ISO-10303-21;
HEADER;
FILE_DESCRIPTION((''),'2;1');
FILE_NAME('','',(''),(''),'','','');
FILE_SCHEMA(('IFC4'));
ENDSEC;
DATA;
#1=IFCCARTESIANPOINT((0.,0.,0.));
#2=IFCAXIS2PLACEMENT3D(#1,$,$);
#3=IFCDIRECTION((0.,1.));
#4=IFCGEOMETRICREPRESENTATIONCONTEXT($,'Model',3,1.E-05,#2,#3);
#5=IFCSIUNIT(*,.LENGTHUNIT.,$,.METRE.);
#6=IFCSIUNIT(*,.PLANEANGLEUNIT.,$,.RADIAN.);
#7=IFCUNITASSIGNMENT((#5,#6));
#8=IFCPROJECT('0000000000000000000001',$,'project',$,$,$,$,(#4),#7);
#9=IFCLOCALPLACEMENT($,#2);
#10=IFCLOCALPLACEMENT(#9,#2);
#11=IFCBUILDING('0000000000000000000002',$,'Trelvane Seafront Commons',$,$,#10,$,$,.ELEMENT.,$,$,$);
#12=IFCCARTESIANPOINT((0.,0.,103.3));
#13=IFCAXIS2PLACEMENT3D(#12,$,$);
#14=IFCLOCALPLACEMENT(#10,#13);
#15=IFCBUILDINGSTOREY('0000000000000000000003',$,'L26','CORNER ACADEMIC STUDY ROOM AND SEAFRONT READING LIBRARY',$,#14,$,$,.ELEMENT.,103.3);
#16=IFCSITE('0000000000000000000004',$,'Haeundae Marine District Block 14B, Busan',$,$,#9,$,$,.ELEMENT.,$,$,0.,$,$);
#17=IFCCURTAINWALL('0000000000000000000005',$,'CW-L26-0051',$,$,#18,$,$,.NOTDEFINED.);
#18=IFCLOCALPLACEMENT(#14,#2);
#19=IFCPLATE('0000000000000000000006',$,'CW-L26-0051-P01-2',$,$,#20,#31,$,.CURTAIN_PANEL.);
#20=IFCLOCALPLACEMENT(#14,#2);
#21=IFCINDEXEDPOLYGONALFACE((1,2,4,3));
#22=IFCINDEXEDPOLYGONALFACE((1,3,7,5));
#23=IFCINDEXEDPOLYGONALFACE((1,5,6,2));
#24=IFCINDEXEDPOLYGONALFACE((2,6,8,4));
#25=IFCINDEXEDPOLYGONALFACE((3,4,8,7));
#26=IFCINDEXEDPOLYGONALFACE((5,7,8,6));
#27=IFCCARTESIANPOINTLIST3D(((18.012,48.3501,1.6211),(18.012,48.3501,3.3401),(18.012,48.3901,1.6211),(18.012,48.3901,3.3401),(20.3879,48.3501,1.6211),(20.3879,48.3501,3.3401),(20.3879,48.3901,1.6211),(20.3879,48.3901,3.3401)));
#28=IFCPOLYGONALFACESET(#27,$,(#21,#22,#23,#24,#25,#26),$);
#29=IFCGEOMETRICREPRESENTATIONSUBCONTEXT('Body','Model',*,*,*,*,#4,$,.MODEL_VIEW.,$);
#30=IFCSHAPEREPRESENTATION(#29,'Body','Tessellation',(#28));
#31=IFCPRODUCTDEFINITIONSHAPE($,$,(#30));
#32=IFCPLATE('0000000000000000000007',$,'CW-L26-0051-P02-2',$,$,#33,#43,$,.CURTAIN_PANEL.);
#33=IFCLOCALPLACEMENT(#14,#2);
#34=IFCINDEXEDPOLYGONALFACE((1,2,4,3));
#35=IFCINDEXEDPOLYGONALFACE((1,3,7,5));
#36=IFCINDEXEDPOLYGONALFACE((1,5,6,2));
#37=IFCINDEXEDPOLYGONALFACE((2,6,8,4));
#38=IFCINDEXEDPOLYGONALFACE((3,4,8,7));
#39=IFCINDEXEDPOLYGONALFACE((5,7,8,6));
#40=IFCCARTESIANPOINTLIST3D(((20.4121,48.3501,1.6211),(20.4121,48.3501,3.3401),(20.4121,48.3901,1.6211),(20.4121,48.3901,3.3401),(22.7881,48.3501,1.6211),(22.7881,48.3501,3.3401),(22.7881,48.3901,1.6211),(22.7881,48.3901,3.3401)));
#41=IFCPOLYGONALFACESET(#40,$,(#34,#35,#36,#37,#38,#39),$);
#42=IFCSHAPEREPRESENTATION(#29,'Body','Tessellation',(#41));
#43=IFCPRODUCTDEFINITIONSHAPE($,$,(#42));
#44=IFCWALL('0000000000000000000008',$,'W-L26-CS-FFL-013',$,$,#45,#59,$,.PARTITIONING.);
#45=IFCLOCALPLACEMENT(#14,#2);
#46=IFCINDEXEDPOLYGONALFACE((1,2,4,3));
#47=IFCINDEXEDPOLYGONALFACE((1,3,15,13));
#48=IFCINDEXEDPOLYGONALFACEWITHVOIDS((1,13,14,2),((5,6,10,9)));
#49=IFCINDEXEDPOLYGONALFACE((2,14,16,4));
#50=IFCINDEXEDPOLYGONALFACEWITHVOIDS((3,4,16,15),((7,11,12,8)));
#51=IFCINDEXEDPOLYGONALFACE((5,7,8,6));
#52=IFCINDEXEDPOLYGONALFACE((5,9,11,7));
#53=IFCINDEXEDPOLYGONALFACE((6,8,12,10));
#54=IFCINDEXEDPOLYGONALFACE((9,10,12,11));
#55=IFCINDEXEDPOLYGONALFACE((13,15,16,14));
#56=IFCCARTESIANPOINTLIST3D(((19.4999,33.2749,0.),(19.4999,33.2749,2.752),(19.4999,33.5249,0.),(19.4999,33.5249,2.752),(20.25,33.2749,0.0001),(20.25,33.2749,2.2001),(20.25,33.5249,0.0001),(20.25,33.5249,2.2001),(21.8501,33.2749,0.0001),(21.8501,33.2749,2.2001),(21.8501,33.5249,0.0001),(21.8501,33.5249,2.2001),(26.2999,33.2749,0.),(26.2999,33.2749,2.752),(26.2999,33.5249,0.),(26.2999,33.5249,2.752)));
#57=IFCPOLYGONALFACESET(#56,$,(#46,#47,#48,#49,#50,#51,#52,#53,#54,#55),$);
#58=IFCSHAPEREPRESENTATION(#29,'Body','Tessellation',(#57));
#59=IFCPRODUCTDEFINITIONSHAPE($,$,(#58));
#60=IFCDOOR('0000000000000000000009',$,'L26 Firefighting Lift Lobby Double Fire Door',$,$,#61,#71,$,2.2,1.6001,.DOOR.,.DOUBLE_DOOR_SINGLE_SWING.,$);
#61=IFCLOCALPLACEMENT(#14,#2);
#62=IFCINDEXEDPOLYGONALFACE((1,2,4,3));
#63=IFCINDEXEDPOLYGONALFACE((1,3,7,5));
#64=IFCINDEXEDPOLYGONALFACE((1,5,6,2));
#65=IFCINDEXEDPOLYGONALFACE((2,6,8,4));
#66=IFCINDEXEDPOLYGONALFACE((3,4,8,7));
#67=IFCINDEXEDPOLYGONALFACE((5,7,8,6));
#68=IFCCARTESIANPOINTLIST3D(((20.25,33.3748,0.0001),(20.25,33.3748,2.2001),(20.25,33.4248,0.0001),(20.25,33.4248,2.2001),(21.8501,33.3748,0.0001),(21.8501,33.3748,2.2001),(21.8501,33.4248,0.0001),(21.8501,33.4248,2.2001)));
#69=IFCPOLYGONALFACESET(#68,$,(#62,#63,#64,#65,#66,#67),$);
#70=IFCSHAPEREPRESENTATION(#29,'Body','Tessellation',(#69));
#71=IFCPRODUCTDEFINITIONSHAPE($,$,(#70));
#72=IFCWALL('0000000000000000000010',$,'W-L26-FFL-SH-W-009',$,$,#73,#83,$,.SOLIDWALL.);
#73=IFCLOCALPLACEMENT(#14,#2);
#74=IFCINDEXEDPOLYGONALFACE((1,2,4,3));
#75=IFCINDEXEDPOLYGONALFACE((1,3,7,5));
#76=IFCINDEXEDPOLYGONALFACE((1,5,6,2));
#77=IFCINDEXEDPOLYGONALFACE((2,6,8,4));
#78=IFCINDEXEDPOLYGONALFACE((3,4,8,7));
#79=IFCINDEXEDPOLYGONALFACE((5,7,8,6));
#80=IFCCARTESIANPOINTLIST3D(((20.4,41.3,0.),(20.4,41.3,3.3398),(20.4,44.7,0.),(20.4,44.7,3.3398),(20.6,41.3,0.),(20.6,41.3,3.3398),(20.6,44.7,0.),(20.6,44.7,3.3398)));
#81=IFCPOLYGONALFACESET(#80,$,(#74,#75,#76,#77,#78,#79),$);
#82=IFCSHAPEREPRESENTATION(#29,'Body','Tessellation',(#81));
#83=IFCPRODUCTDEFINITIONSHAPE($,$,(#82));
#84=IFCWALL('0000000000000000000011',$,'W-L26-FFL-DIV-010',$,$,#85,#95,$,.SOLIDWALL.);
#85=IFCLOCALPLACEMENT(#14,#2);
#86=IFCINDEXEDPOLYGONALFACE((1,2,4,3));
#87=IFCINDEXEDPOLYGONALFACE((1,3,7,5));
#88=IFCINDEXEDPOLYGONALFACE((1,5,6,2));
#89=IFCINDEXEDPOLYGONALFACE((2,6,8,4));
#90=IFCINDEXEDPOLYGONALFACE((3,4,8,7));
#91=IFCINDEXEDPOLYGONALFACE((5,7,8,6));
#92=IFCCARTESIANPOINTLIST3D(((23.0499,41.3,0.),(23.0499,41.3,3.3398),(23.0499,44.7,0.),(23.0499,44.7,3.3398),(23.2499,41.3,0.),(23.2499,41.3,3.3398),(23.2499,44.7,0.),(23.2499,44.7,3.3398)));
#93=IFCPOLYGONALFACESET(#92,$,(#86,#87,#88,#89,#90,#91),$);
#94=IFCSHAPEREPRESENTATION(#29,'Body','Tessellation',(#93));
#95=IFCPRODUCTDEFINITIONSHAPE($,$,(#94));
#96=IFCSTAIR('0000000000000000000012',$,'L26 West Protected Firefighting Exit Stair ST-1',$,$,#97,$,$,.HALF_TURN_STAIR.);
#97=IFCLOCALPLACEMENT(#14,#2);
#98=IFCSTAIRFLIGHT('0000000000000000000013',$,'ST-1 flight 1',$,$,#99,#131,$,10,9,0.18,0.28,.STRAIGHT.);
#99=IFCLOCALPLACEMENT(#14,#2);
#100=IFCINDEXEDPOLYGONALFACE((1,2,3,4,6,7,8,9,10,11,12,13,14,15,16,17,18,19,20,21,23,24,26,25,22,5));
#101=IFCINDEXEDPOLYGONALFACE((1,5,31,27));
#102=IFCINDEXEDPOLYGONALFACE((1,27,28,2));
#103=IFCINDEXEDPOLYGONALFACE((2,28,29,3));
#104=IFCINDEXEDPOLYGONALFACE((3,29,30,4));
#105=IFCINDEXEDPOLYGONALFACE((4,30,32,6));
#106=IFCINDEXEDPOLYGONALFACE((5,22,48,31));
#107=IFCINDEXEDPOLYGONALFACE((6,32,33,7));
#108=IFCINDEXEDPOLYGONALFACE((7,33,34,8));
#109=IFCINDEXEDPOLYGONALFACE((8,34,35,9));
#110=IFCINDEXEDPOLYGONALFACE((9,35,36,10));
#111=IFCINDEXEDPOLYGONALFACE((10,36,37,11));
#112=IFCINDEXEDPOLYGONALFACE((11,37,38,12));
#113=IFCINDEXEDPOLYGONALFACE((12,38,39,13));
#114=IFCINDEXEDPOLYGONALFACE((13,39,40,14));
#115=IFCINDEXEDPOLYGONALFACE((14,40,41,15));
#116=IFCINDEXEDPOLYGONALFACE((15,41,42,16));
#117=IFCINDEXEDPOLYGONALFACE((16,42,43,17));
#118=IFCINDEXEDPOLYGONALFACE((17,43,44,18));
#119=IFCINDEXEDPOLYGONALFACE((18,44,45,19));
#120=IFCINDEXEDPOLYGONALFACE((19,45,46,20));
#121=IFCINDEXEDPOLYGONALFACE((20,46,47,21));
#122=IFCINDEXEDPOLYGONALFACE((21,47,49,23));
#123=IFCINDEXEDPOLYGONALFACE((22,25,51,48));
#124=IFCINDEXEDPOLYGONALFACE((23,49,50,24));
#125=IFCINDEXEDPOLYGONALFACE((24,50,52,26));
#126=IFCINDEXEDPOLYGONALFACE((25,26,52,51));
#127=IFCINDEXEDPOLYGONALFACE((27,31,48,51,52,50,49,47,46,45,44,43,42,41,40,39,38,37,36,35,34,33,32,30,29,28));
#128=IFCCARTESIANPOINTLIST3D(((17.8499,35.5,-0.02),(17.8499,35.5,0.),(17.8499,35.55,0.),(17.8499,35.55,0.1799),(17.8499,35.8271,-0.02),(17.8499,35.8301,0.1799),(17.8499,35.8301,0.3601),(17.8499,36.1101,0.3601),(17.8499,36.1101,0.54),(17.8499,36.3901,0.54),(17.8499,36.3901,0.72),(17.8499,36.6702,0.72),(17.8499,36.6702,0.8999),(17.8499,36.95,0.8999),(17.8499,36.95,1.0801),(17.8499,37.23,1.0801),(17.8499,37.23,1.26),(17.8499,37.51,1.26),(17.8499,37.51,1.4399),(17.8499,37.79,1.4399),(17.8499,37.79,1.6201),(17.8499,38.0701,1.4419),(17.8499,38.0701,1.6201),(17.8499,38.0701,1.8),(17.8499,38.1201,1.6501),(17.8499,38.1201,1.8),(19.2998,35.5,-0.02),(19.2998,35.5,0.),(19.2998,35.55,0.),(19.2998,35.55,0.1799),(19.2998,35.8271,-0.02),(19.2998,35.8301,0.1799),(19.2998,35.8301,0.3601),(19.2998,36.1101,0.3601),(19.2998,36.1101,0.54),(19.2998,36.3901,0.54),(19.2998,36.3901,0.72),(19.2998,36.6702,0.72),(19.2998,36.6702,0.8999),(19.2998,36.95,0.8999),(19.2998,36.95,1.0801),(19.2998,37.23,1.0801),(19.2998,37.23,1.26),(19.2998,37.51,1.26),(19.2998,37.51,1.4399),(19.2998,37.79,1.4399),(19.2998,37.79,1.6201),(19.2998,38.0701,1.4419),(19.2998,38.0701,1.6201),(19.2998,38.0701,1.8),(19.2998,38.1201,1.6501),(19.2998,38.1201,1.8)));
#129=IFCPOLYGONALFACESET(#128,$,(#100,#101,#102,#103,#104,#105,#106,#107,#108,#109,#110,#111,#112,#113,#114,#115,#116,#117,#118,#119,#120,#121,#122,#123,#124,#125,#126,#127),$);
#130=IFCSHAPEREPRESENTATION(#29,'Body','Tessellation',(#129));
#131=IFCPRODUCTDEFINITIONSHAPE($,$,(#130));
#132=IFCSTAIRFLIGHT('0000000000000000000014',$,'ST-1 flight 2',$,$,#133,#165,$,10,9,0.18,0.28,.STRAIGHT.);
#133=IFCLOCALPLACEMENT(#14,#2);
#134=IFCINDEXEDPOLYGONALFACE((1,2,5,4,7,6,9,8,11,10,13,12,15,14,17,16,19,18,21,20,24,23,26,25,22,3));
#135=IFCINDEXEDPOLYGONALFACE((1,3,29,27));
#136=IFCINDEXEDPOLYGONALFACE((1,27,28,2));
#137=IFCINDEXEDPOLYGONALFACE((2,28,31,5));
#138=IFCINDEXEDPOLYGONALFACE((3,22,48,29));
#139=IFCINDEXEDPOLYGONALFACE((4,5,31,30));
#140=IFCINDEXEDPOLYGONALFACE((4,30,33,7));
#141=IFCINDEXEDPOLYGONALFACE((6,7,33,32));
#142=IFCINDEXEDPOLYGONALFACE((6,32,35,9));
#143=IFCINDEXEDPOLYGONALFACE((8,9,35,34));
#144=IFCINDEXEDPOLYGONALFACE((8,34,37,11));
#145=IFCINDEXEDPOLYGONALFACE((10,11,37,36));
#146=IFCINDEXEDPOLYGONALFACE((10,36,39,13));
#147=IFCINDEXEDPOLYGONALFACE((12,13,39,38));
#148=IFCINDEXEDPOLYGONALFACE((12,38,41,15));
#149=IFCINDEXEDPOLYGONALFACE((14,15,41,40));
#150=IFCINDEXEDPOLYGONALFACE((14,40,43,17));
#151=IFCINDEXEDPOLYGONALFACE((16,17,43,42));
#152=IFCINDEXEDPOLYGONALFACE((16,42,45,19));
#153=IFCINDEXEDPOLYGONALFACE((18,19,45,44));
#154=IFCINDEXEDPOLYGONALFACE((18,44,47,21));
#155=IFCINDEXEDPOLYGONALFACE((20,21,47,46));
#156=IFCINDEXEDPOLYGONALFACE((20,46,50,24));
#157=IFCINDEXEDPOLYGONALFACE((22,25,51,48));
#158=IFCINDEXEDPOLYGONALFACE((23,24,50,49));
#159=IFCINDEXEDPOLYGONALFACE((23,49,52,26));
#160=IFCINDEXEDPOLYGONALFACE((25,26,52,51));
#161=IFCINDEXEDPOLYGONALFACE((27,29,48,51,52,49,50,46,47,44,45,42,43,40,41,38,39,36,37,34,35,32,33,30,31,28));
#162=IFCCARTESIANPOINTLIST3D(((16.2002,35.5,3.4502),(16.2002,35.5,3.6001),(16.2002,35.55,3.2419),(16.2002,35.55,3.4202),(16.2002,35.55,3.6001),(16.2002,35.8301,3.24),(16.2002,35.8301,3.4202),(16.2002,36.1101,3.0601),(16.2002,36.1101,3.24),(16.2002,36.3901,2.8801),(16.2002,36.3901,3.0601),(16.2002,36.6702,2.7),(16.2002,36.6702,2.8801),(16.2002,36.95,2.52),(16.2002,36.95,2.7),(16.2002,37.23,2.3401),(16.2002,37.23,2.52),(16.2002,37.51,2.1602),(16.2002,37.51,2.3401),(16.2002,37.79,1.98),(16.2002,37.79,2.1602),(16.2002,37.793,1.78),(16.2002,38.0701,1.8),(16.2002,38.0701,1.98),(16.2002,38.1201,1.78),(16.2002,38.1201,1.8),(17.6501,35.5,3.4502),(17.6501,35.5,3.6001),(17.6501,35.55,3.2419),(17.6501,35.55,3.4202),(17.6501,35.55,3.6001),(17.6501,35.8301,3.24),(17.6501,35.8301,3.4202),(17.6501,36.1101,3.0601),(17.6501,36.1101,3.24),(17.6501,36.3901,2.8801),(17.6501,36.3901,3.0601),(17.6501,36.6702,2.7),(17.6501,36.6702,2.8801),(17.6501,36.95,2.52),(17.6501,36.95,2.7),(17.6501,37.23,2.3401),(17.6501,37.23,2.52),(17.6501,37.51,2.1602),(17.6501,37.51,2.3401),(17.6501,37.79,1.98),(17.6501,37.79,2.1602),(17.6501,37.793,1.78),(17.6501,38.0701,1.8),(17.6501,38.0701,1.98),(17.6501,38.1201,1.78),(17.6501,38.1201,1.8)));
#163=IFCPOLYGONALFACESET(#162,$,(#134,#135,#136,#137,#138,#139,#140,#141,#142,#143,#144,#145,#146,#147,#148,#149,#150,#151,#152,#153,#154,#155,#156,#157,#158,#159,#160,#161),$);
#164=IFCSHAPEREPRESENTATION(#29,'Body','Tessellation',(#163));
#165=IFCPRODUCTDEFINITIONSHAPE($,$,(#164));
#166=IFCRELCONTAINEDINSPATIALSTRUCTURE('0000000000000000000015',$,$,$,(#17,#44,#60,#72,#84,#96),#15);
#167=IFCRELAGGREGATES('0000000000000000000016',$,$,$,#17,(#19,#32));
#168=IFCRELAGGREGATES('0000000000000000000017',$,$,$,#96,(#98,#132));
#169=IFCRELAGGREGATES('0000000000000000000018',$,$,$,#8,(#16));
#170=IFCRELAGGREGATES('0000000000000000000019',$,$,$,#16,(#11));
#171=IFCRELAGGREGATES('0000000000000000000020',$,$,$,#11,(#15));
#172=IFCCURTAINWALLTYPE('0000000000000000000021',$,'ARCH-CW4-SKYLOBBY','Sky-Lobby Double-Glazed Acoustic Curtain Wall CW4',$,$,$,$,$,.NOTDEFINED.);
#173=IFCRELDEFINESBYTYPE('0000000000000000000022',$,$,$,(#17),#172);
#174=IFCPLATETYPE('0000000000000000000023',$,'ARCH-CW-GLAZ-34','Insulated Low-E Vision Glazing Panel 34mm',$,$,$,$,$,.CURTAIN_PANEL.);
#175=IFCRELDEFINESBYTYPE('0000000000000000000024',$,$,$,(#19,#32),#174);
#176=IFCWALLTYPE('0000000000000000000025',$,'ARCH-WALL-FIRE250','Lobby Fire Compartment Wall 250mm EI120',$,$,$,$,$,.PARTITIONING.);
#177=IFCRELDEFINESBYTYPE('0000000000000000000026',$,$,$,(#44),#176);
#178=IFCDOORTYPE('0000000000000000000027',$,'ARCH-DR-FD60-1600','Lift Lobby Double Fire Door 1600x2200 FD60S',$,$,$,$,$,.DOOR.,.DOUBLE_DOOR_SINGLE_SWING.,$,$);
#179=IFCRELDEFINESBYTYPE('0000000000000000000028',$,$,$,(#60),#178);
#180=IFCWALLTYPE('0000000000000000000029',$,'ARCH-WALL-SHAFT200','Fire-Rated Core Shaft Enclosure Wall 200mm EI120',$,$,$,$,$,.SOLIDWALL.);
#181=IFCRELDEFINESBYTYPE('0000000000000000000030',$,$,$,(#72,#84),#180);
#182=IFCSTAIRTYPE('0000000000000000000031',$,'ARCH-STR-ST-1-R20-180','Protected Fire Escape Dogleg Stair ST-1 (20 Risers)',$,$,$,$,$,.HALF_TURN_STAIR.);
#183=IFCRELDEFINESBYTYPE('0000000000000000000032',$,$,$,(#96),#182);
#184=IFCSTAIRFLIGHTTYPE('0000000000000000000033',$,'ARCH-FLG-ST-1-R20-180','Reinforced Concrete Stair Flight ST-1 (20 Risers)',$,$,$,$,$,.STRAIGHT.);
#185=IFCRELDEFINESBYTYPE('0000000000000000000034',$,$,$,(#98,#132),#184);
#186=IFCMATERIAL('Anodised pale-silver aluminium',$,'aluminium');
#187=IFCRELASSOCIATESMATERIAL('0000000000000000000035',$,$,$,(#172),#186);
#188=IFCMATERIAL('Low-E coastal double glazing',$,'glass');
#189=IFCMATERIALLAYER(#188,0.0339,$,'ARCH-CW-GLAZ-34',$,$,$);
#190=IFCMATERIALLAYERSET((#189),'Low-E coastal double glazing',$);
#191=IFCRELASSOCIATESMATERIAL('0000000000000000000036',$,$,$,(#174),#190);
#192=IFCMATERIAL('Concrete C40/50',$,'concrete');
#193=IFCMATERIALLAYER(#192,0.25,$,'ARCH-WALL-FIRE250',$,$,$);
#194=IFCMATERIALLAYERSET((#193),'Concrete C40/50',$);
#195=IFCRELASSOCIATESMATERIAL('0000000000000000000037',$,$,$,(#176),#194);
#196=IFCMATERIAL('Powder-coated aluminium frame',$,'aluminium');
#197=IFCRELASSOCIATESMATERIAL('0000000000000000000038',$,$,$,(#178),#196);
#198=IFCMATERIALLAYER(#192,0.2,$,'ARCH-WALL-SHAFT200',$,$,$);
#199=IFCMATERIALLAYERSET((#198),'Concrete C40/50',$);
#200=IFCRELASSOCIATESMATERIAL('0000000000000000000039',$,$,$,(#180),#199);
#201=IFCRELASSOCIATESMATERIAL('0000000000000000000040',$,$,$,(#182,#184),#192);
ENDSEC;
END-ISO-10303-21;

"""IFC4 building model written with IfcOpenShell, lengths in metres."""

from ifc_helpers import new_model, si_unit, direction, frame, frame_2d, origin, origin_2d, place, context, subcontext, project, spatial, polyline, rectangle, outline, extrude, source, transform, mapped, material, layer, layer_set, type_object, element, fill, aggregate, save


model = new_model("IFC4")

# Units and contexts
model_context = context("Model", 3, precision=1e-05, world=origin(), true_north=direction((0.0, 1.0)))
body_context = subcontext(model_context, "Body", "Model", "MODEL_VIEW")
ifc_project = project(units=[si_unit("LENGTHUNIT", "METRE"), si_unit("PLANEANGLEUNIT", "RADIAN")], contexts=[model_context])

# Site, building, storey
site_placement = place(None, origin())
site = spatial("IfcSite", under=ifc_project, at=site_placement, Name="Haeundae Marine District Block 14B, Busan", CompositionType="ELEMENT", RefElevation=0.0)
building_placement = place(site_placement, origin())
building = spatial("IfcBuilding", under=site, at=building_placement, Name="Trelvane Seafront Commons", CompositionType="ELEMENT")
storey_placement = place(building_placement, frame((0.0, 0.0, 103.3)))
storey = spatial("IfcBuildingStorey", under=building, at=storey_placement, Name="L26", Description="CORNER ACADEMIC STUDY ROOM AND SEAFRONT READING LIBRARY", CompositionType="ELEMENT", Elevation=103.3)

# Curtain wall
ifc_material_1 = material(Name="Anodised pale-silver aluminium", Category="aluminium")
curtain_wall_type = type_object("IfcCurtainWallType", Name="ARCH-CW4-SKYLOBBY", Description="Sky-Lobby Double-Glazed Acoustic Curtain Wall CW4", PredefinedType="NOTDEFINED", material=ifc_material_1)
curtain_wall_placement = place(storey_placement, origin())
curtain_wall = element("IfcCurtainWall", 1, at=curtain_wall_placement, inside=storey, type_object=curtain_wall_type, Name="CW-L26-0051", PredefinedType="NOTDEFINED")

# Plates
ifc_material_2 = material(Name="Low-E coastal double glazing", Category="glass")
ifc_layer_1 = layer(ifc_material_2, 0.0339, Name="ARCH-CW-GLAZ-34")
ifc_layer_set_1 = layer_set([ifc_layer_1], Name="Low-E coastal double glazing")
plate_type_1 = type_object("IfcPlateType", Name="ARCH-CW-GLAZ-34", Description="Insulated Low-E Vision Glazing Panel 34mm", PredefinedType="CURTAIN_PANEL", material=ifc_layer_set_1)
shared_shape_1 = source(origin(), body_context, "Body", "SweptSolid", [
    extrude(rectangle(XDim=2.376, YDim=0.04, at=origin_2d()), origin(), (0.0, 0.0, 1.0), 1.719),
])
plate_1_placement = place(storey_placement, frame((19.2, 48.3701, 1.6211), z_axis=(0.0, 0.0, 1.0), x_axis=(1.0, 0.0, 0.0)))
plate_1 = element("IfcPlate", 2, at=plate_1_placement, type_object=plate_type_1, Name="CW-L26-0051-P01-2", PredefinedType="CURTAIN_PANEL", context=body_context, shape_type="MappedRepresentation", body=[
    mapped(shared_shape_1, transform((0.0, 0.0, 0.0), x_axis=(1.0, 0.0, 0.0), y_axis=(0.0, 1.0, 0.0), z_axis=(0.0, 0.0, 1.0), scale=1.0)),
])
plate_2_placement = place(storey_placement, frame((21.6001, 48.3701, 1.6211), z_axis=(0.0, 0.0, 1.0), x_axis=(1.0, 0.0, 0.0)))
plate_2 = element("IfcPlate", 3, at=plate_2_placement, type_object=plate_type_1, Name="CW-L26-0051-P02-2", PredefinedType="CURTAIN_PANEL", context=body_context, shape_type="MappedRepresentation", body=[
    mapped(shared_shape_1, transform((0.0, 0.0, 0.0), x_axis=(1.0, 0.0, 0.0), y_axis=(0.0, 1.0, 0.0), z_axis=(0.0, 0.0, 1.0), scale=1.0)),
])
aggregate(curtain_wall, [plate_1, plate_2])

# Wall, opening, door
ifc_material_3 = material(Name="Concrete C40/50", Category="concrete")
ifc_layer_2 = layer(ifc_material_3, 0.25, Name="ARCH-WALL-FIRE250")
ifc_layer_set_2 = layer_set([ifc_layer_2], Name="Concrete C40/50")
wall_type_1 = type_object("IfcWallType", Name="ARCH-WALL-FIRE250", Description="Lobby Fire Compartment Wall 250mm EI120", PredefinedType="PARTITIONING", material=ifc_layer_set_2)
wall_1_placement = place(storey_placement, frame((19.5, 33.3999, 0.0), z_axis=(0.0, 0.0, 1.0), x_axis=(1.0, 0.0, 0.0)))
wall_1 = element("IfcWall", 4, at=wall_1_placement, inside=storey, type_object=wall_type_1, Name="W-L26-CS-FFL-013", PredefinedType="PARTITIONING", context=body_context, shape_type="SweptSolid", body=[
    extrude(rectangle(XDim=6.8, YDim=0.25, at=frame_2d((3.3999, 0.0))), origin(), (0.0, 0.0, 1.0), 2.752),
])
opening_1_placement = place(wall_1_placement, frame((0.75, 0.0, 0.0)))
opening_1 = element("IfcOpeningElement", 5, at=opening_1_placement, cuts=wall_1, PredefinedType="OPENING", context=body_context, shape_type="SweptSolid", body=[
    extrude(rectangle(XDim=1.6001, YDim=2.2, at=frame_2d((0.8, 1.1001))), frame((0.0, 0.135, 0.0), z_axis=(0.0, -1.0, 0.0), x_axis=(1.0, 0.0, 0.0)), (0.0, 0.0, 1.0), 0.27),
])
ifc_material_4 = material(Name="Powder-coated aluminium frame", Category="aluminium")
door_type_1 = type_object("IfcDoorType", Name="ARCH-DR-FD60-1600", Description="Lift Lobby Double Fire Door 1600x2200 FD60S", OperationType="DOUBLE_DOOR_SINGLE_SWING", PredefinedType="DOOR", material=ifc_material_4)
shared_shape_2 = source(origin(), body_context, "Body", "SweptSolid", [
    extrude(rectangle(XDim=1.6001, YDim=2.2, at=frame_2d((0.8, 1.1001))), frame((0.0, 0.0249, 0.0), z_axis=(0.0, -1.0, 0.0), x_axis=(1.0, 0.0, 0.0)), (0.0, 0.0, 1.0), 0.05),
])
door_1_placement = place(opening_1_placement, origin())
door_1 = element("IfcDoor", 6, at=door_1_placement, inside=storey, type_object=door_type_1, Name="L26 Firefighting Lift Lobby Double Fire Door", OperationType="DOUBLE_DOOR_SINGLE_SWING", OverallHeight=2.2, OverallWidth=1.6001, PredefinedType="DOOR", context=body_context, shape_type="MappedRepresentation", body=[
    mapped(shared_shape_2, transform((0.0, 0.0, 0.0), x_axis=(1.0, 0.0, 0.0), y_axis=(0.0, 1.0, 0.0), z_axis=(0.0, 0.0, 1.0), scale=1.0)),
])
fill(opening_1, door_1)

# Shared definitions
ifc_layer_3 = layer(ifc_material_3, 0.2, Name="ARCH-WALL-SHAFT200")
ifc_layer_set_3 = layer_set([ifc_layer_3], Name="Concrete C40/50")
wall_type_2 = type_object("IfcWallType", Name="ARCH-WALL-SHAFT200", Description="Fire-Rated Core Shaft Enclosure Wall 200mm EI120", PredefinedType="SOLIDWALL", material=ifc_layer_set_3)

# Walls
for number, where, z_axis, x_axis, name in (
    (7, (20.5, 41.3, 0.0), (0.0, 0.0, 1.0), (0.0, 1.0, 0.0), "W-L26-FFL-SH-W-009"),
    (8, (23.1499, 41.3, 0.0), (0.0, 0.0, 1.0), (0.0, 1.0, 0.0), "W-L26-FFL-DIV-010"),
):
    element("IfcWall", number, at=place(storey_placement, frame(where, z_axis=z_axis, x_axis=x_axis)), inside=storey, type_object=wall_type_2, Name=name, PredefinedType="SOLIDWALL", context=body_context, shape_type="SweptSolid", body=[
        extrude(rectangle(XDim=3.3999, YDim=0.2, at=frame_2d((1.7, 0.0))), origin(), (0.0, 0.0, 1.0), 3.3398),
    ])

# Stair, stair flights
stair_type = type_object("IfcStairType", Name="ARCH-STR-ST-1-R20-180", Description="Protected Fire Escape Dogleg Stair ST-1 (20 Risers)", PredefinedType="HALF_TURN_STAIR", material=ifc_material_3)
stair_placement = place(storey_placement, origin())
stair = element("IfcStair", 9, at=stair_placement, inside=storey, type_object=stair_type, Name="L26 West Protected Firefighting Exit Stair ST-1", PredefinedType="HALF_TURN_STAIR")
stair_flight_type = type_object("IfcStairFlightType", Name="ARCH-FLG-ST-1-R20-180", Description="Reinforced Concrete Stair Flight ST-1 (20 Risers)", PredefinedType="STRAIGHT", material=ifc_material_3)
shared_shape_3 = source(origin(), body_context, "Body", "SweptSolid", [
    extrude(outline(polyline([(-0.05, -0.02), (-0.05, 0.0), (0.0, 0.0), (0.0, 0.1799), (0.28, 0.1799), (0.28, 0.3601), (0.5601, 0.3601), (0.5601, 0.54), (0.8401, 0.54), (0.8401, 0.72), (1.1201, 0.72), (1.1201, 0.8999), (1.3999, 0.8999), (1.3999, 1.0801), (1.6799, 1.0801), (1.6799, 1.26), (1.96, 1.26), (1.96, 1.4399), (2.24, 1.4399), (2.24, 1.6201), (2.52, 1.6201), (2.52, 1.8), (2.5701, 1.8), (2.5701, 1.6501), (2.52, 1.4419), (0.2771, -0.02), (-0.05, -0.02)])), frame((0.0, 0.7251, 0.0), z_axis=(0.0, -1.0, 0.0), x_axis=(1.0, 0.0, 0.0)), (0.0, 0.0, 1.0), 1.45),
])
stair_flight_1_placement = place(storey_placement, frame((18.575, 35.55, 0.0), z_axis=(0.0, 0.0, 1.0), x_axis=(0.0, 1.0, 0.0)))
stair_flight_1 = element("IfcStairFlight", 10, at=stair_flight_1_placement, type_object=stair_flight_type, Name="ST-1 flight 1", NumberOfRisers=10, NumberOfTreads=9, PredefinedType="STRAIGHT", RiserHeight=0.18, TreadLength=0.28, context=body_context, shape_type="MappedRepresentation", body=[
    mapped(shared_shape_3, transform((0.0, 0.0, 0.0), x_axis=(1.0, 0.0, 0.0), y_axis=(0.0, 1.0, 0.0), z_axis=(0.0, 0.0, 1.0), scale=1.0)),
])
stair_flight_2_placement = place(storey_placement, frame((16.925, 38.0701, 1.8), z_axis=(0.0, 0.0, 1.0), x_axis=(0.0, -1.0, 0.0)))
stair_flight_2 = element("IfcStairFlight", 11, at=stair_flight_2_placement, type_object=stair_flight_type, Name="ST-1 flight 2", NumberOfRisers=10, NumberOfTreads=9, PredefinedType="STRAIGHT", RiserHeight=0.18, TreadLength=0.28, context=body_context, shape_type="MappedRepresentation", body=[
    mapped(shared_shape_3, transform((0.0, 0.0, 0.0), x_axis=(1.0, 0.0, 0.0), y_axis=(0.0, 1.0, 0.0), z_axis=(0.0, 0.0, 1.0), scale=1.0)),
])
aggregate(stair, [stair_flight_1, stair_flight_2])

save(model, "model.ifc")
